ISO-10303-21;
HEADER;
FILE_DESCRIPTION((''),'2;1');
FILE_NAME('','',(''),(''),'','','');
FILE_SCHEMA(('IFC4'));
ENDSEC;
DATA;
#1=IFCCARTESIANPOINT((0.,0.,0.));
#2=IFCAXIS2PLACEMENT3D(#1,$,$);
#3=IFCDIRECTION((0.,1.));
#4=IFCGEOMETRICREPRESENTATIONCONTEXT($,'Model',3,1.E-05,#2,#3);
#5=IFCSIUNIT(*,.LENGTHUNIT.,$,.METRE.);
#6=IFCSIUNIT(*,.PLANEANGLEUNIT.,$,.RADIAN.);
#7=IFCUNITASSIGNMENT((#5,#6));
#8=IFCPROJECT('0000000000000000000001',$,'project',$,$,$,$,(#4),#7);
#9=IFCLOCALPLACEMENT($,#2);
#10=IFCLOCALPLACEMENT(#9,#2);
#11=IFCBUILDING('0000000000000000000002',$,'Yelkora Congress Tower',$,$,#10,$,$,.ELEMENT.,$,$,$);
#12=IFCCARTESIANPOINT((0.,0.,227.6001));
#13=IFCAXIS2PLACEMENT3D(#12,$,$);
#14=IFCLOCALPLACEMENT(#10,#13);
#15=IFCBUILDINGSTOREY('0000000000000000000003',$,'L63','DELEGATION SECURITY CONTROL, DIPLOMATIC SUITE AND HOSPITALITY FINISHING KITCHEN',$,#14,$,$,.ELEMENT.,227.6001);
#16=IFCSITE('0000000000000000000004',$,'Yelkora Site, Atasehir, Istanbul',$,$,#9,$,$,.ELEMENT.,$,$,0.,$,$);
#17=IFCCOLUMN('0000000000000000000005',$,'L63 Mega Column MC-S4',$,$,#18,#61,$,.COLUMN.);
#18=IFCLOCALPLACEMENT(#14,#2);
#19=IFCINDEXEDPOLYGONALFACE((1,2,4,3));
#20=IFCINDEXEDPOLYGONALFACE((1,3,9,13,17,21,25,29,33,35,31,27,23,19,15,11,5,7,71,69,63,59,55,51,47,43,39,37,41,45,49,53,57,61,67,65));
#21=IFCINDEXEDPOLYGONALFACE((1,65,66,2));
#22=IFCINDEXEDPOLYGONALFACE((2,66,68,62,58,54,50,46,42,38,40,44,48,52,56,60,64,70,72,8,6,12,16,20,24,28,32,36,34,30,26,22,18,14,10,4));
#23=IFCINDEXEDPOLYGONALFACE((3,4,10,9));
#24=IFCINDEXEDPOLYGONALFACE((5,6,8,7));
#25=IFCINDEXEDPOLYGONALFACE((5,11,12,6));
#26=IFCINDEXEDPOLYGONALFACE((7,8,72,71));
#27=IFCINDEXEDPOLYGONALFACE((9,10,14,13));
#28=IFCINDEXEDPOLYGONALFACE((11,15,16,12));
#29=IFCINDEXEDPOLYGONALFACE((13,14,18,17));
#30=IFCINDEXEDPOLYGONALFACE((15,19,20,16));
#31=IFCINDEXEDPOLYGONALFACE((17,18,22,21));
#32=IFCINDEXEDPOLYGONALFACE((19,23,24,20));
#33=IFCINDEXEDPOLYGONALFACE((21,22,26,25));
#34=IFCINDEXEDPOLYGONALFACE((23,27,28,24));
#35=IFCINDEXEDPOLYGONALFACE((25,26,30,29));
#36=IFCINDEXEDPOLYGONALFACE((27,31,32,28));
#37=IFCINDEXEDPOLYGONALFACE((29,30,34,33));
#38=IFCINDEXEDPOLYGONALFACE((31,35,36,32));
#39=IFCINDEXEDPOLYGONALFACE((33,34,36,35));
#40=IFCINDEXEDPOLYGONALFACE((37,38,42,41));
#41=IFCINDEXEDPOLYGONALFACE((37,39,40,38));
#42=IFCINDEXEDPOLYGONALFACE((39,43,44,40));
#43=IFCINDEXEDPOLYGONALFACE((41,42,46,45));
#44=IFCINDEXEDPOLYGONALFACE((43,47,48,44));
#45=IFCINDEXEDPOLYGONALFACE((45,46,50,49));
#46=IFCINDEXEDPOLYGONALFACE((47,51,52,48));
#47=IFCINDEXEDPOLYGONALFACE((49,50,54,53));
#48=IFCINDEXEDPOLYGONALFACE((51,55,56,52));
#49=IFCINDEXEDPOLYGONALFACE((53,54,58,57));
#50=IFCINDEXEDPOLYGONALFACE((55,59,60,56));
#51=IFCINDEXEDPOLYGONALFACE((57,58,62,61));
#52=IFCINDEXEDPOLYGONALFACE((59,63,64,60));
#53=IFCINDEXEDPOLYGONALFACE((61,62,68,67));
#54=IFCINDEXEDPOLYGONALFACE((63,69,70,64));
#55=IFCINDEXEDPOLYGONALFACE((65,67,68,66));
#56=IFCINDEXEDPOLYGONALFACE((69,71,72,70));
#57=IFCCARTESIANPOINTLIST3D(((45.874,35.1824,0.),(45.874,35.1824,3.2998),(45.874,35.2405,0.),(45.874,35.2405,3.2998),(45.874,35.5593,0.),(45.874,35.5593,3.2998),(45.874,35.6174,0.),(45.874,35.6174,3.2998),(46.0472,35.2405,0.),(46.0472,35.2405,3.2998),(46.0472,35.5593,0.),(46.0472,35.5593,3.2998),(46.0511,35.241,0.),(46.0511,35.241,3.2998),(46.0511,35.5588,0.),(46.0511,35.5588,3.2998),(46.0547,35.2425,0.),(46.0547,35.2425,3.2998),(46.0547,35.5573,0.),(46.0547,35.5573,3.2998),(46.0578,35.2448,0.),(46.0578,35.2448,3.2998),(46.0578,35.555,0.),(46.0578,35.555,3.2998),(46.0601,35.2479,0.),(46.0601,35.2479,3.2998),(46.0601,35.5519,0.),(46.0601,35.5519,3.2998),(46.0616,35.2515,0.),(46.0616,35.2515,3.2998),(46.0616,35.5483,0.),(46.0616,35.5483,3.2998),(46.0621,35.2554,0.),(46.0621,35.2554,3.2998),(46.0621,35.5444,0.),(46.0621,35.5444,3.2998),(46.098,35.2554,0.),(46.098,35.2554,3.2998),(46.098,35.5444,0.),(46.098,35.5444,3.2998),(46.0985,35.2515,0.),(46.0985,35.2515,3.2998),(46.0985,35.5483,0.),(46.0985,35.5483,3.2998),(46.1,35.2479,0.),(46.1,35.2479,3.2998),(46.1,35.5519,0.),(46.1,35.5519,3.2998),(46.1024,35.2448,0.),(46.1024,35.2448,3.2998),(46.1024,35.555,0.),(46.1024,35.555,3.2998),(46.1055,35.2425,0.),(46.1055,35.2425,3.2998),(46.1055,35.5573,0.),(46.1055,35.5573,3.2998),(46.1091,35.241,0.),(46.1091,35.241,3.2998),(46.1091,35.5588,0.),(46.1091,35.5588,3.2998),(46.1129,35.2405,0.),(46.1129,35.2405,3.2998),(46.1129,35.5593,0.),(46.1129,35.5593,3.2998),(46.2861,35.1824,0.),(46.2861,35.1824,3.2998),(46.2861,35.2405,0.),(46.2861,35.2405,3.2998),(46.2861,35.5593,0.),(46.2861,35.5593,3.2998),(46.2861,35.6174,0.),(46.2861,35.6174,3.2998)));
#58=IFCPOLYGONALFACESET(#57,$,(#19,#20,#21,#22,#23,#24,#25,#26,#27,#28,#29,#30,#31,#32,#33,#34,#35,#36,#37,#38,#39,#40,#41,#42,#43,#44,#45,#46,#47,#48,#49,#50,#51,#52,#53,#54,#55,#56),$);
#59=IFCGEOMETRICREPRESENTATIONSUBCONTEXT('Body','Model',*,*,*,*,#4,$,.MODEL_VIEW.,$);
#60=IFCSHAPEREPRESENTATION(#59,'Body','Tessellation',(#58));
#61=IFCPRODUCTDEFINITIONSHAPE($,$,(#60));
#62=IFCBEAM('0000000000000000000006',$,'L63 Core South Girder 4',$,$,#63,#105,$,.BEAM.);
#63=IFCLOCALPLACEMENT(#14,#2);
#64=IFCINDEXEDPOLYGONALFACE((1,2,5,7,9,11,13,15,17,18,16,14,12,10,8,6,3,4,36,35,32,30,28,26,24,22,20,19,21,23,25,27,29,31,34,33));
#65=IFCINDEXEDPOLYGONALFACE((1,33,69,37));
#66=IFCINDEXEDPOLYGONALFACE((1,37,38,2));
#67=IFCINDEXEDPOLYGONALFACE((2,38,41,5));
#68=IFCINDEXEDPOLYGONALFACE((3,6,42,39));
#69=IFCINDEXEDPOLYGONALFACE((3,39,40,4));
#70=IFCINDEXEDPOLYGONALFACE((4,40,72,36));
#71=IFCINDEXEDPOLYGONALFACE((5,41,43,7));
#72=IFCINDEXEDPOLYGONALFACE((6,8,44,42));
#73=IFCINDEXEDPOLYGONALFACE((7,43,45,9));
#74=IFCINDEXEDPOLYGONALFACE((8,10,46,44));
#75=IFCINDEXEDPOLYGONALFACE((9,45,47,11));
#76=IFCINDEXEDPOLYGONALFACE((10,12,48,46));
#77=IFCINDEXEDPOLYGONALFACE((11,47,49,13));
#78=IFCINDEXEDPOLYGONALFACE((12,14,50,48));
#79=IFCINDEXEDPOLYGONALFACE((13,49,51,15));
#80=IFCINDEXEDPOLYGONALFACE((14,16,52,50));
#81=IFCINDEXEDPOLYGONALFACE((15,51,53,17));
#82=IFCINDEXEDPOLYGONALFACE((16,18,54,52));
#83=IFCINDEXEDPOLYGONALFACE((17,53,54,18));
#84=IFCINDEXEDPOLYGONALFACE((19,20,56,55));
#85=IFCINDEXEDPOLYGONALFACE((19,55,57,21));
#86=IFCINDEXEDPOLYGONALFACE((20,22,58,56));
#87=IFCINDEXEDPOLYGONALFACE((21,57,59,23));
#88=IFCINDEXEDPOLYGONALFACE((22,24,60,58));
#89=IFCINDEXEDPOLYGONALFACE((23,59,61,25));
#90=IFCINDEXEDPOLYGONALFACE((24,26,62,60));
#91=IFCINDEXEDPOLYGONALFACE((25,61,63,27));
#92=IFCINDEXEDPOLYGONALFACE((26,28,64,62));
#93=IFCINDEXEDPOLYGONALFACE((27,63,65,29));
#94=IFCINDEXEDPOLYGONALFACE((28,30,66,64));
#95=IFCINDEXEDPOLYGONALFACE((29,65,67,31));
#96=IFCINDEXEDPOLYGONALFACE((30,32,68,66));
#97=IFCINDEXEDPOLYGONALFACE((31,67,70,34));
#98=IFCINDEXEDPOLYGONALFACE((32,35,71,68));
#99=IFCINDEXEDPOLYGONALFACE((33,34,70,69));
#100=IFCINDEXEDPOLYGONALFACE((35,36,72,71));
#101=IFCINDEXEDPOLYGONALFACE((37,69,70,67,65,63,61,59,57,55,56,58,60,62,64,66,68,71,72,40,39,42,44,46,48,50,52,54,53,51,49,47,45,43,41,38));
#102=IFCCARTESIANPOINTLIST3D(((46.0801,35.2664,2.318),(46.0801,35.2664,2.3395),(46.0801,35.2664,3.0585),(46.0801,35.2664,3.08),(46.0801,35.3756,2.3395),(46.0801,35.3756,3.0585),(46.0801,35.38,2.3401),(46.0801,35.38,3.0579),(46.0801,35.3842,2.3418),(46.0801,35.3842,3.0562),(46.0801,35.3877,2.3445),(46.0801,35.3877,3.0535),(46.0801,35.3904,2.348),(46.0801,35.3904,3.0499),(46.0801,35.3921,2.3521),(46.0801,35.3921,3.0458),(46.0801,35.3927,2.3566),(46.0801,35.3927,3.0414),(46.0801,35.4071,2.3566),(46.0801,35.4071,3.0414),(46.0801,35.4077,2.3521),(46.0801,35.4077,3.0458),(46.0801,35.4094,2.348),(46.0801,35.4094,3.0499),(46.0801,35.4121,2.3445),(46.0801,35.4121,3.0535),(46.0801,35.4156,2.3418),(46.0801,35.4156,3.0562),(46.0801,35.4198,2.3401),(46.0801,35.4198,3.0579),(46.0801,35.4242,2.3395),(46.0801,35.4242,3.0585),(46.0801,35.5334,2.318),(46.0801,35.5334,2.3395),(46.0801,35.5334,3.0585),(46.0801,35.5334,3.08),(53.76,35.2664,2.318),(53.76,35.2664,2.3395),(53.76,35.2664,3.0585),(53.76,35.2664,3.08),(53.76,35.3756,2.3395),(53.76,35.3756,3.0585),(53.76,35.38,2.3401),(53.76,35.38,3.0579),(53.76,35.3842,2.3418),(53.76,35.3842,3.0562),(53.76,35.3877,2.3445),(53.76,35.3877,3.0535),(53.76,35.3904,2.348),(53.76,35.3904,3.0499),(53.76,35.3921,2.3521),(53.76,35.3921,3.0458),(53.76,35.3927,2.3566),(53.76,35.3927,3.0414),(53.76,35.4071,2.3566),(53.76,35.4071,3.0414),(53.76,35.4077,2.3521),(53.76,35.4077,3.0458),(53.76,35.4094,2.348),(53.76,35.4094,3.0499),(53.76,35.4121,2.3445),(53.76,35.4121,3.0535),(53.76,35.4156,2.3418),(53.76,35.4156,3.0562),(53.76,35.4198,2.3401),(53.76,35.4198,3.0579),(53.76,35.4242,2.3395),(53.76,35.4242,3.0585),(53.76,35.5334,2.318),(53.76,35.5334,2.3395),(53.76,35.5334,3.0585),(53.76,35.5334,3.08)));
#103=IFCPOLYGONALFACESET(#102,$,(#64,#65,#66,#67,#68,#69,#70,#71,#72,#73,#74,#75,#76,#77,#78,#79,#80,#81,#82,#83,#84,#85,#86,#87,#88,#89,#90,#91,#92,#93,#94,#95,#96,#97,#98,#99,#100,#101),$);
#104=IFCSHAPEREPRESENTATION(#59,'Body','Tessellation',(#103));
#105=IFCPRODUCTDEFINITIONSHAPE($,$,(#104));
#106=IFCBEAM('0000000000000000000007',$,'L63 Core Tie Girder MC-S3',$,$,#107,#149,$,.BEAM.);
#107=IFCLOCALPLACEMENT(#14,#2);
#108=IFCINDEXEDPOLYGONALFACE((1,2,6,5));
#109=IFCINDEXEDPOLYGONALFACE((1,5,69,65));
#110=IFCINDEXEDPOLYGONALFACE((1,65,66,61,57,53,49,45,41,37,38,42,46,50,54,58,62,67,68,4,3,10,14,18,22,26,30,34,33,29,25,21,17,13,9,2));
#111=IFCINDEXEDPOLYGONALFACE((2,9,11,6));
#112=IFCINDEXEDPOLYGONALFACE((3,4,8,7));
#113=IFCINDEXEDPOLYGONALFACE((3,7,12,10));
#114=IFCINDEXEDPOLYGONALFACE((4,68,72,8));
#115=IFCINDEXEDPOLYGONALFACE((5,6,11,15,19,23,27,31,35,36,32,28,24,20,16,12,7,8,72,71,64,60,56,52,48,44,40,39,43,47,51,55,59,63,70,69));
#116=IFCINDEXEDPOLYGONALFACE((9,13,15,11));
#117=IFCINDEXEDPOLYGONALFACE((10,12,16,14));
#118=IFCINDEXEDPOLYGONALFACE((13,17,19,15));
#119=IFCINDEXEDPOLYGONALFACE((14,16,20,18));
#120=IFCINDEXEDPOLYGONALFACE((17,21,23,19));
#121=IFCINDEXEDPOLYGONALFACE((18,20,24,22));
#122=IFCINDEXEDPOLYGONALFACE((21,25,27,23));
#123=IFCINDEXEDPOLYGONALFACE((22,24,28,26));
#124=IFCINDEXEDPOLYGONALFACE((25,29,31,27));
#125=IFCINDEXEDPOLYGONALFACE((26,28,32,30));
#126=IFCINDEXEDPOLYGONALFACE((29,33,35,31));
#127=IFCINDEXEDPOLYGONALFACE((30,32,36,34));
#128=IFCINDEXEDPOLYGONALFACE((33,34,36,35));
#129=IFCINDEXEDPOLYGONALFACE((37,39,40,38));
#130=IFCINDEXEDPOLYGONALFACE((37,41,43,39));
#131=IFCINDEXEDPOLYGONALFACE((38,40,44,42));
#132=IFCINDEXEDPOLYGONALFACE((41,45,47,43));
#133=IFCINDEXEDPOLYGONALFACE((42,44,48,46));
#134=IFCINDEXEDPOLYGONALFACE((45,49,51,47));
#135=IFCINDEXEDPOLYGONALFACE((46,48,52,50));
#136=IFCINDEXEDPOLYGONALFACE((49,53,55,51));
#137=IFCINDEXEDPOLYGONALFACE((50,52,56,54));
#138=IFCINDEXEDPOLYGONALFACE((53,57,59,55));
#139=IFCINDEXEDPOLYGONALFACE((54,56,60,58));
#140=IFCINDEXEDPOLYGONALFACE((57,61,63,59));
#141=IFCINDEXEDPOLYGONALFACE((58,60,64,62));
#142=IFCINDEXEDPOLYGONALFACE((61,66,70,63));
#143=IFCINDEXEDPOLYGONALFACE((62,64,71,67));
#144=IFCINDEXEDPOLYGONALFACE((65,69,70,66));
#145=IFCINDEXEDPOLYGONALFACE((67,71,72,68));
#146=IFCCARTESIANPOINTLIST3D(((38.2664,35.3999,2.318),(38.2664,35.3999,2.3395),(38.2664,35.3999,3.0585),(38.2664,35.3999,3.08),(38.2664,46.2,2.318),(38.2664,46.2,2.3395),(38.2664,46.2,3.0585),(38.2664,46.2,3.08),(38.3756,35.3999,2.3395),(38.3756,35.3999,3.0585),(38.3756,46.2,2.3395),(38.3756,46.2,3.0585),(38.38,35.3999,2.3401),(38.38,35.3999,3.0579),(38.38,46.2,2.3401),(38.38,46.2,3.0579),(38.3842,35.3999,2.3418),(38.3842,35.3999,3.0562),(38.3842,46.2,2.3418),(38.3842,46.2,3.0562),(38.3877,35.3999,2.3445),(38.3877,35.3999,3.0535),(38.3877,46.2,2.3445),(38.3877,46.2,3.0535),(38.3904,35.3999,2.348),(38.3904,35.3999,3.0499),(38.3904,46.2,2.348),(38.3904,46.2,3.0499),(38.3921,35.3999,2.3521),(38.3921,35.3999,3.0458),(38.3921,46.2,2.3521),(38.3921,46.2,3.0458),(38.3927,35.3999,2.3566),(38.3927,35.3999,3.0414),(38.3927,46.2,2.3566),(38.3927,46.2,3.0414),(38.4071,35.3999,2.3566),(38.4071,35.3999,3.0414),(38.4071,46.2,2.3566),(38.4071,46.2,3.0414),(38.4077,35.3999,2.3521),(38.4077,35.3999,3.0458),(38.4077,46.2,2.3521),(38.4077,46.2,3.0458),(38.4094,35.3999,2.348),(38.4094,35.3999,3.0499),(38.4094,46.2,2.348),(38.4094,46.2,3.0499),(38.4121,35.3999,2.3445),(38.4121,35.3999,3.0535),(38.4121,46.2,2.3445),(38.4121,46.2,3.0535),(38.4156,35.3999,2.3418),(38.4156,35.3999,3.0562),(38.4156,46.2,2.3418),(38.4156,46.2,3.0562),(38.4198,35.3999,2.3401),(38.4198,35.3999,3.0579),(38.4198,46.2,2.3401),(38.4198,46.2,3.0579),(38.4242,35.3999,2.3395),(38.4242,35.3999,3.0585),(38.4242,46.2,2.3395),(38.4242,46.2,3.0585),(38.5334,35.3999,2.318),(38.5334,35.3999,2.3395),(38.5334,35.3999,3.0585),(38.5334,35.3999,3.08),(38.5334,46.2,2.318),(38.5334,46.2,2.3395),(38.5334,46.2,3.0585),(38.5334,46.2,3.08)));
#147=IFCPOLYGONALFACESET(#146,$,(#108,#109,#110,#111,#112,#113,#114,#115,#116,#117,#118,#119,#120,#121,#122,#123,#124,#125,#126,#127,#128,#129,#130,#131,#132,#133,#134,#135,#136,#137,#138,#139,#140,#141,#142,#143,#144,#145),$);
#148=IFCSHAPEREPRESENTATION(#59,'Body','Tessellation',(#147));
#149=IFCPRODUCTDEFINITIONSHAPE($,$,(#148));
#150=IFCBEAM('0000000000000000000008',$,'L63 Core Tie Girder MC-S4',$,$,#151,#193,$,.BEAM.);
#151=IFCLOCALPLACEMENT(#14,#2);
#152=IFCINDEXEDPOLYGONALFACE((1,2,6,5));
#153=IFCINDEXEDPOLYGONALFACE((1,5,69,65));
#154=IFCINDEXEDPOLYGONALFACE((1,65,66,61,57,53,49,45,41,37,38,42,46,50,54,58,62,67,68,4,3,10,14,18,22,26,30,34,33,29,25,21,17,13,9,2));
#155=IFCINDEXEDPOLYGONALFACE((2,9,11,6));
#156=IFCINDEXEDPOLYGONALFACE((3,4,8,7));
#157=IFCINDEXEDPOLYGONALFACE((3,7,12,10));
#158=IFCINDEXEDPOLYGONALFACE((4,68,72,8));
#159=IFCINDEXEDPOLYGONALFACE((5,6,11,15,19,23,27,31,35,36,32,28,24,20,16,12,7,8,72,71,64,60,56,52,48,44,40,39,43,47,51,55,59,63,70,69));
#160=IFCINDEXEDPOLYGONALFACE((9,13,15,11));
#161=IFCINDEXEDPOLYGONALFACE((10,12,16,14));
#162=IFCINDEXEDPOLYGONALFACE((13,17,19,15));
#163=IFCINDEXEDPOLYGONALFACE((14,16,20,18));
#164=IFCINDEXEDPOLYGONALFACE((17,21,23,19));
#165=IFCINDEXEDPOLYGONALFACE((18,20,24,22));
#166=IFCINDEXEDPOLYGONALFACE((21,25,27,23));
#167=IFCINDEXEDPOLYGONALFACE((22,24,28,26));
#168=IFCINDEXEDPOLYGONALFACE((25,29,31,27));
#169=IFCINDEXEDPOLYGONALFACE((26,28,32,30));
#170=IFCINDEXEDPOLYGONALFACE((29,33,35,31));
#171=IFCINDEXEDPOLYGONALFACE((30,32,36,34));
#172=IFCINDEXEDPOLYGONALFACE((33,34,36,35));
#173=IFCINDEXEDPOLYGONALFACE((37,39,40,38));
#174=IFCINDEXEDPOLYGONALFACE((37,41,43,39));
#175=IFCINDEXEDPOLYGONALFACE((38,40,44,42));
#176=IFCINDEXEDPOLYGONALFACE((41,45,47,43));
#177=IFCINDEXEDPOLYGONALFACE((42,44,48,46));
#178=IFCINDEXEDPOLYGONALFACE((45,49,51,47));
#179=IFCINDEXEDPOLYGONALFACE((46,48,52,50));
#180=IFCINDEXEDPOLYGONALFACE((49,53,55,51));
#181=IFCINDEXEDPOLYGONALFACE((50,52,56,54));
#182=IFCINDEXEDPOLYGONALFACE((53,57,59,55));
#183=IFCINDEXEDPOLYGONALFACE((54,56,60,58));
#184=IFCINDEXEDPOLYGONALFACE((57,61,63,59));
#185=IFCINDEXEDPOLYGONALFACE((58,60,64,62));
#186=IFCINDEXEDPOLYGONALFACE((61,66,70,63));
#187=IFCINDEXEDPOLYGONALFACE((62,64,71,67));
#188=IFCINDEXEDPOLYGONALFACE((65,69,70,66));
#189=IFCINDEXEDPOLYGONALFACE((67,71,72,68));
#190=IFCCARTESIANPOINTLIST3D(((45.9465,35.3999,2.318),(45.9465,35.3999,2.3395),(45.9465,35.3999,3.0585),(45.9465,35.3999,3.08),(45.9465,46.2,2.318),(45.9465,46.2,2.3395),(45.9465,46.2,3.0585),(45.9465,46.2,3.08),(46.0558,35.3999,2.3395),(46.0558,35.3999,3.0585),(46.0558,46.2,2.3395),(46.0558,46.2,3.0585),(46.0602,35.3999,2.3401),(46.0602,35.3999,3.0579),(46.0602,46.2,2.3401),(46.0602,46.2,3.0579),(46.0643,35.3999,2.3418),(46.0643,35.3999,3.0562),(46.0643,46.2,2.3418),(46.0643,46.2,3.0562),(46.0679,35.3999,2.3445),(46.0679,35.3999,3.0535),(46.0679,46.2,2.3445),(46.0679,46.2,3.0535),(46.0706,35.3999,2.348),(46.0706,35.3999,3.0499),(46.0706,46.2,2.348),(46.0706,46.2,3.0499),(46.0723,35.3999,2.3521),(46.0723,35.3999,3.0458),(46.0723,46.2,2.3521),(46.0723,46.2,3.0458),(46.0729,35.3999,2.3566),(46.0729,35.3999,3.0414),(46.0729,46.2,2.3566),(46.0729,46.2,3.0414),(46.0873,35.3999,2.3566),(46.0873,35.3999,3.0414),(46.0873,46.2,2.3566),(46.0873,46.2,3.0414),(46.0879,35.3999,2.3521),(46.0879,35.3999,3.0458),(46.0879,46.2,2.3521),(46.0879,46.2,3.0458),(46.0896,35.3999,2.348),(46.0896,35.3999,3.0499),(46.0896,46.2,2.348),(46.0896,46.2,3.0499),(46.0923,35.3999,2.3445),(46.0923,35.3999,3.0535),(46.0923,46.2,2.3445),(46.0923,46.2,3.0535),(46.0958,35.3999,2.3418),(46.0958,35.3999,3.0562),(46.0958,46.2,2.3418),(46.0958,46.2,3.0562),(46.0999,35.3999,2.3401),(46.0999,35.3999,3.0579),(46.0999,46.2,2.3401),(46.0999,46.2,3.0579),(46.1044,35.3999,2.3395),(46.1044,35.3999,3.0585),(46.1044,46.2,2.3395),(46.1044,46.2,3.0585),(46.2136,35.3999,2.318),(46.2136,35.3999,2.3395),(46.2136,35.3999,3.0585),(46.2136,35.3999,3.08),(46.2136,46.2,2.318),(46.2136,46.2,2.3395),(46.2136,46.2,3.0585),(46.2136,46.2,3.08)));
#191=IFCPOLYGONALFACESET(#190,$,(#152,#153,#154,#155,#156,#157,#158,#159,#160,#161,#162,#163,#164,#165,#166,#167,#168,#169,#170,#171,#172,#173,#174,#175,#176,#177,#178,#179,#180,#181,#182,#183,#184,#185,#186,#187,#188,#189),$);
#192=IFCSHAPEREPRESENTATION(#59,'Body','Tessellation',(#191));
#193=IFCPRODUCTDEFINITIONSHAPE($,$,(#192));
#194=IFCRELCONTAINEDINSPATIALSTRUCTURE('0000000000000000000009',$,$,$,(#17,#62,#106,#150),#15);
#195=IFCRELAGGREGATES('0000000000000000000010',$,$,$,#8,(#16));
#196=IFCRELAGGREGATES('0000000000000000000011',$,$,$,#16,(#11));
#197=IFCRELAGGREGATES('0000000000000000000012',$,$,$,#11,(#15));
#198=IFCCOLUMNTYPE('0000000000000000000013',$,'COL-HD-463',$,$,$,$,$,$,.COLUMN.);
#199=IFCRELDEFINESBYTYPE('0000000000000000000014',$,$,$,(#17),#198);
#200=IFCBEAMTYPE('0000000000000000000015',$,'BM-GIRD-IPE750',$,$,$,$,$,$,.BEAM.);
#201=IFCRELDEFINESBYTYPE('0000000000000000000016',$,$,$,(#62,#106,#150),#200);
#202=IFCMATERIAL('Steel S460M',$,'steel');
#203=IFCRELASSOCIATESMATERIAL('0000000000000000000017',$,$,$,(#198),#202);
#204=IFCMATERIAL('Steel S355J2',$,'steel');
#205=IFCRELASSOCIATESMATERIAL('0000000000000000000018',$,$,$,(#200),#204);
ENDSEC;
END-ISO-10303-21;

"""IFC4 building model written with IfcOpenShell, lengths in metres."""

from ifc_helpers import new_model, si_unit, direction, frame, origin, origin_2d, place, context, subcontext, project, spatial, i_section, extrude, material, material_profile, profile_set, type_object, element, save


model = new_model("IFC4")

# Units and contexts
model_context = context("Model", 3, precision=1e-05, world=origin(), true_north=direction((0.0, 1.0)))
body_context = subcontext(model_context, "Body", "Model", "MODEL_VIEW")
ifc_project = project(units=[si_unit("LENGTHUNIT", "METRE"), si_unit("PLANEANGLEUNIT", "RADIAN")], contexts=[model_context])

# Site, building, storey
site_placement = place(None, origin())
site = spatial("IfcSite", under=ifc_project, at=site_placement, Name="Yelkora Site, Atasehir, Istanbul", CompositionType="ELEMENT", RefElevation=0.0)
building_placement = place(site_placement, origin())
building = spatial("IfcBuilding", under=site, at=building_placement, Name="Yelkora Congress Tower", CompositionType="ELEMENT")
storey_placement = place(building_placement, frame((0.0, 0.0, 227.6001)))
storey = spatial("IfcBuildingStorey", under=building, at=storey_placement, Name="L63", Description="DELEGATION SECURITY CONTROL, DIPLOMATIC SUITE AND HOSPITALITY FINISHING KITCHEN", CompositionType="ELEMENT", Elevation=227.6001)

# Column
ifc_material_1 = material(Name="Steel S460M", Category="steel")
ifc_material_profile_1 = material_profile(ifc_material_1, i_section(OverallWidth=0.4121, OverallDepth=0.4351, WebThickness=0.0359, FlangeThickness=0.0581, FilletRadius=0.0149, at=origin_2d()), Name="HD 400x463")
ifc_profile_set_1 = profile_set([ifc_material_profile_1], Name="Steel S460M")
column_type = type_object("IfcColumnType", Name="COL-HD-463", PredefinedType="COLUMN", material=ifc_profile_set_1)
column_placement = place(storey_placement, frame((46.0801, 35.3999, 0.0), z_axis=(0.0, 0.0, 1.0), x_axis=(1.0, 0.0, 0.0)))
element("IfcColumn", 1, at=column_placement, inside=storey, type_object=column_type, Name="L63 Mega Column MC-S4", PredefinedType="COLUMN", context=body_context, shape_type="SweptSolid", body=[
    extrude(i_section(OverallWidth=0.4121, OverallDepth=0.4351, WebThickness=0.0359, FlangeThickness=0.0581, FilletRadius=0.0149, at=origin_2d()), origin(), (0.0, 0.0, 1.0), 3.2998),
])

# Beams
ifc_material_2 = material(Name="Steel S355J2", Category="steel")
ifc_material_profile_2 = material_profile(ifc_material_2, i_section(OverallWidth=0.2671, OverallDepth=0.762, WebThickness=0.0144, FlangeThickness=0.0215, FilletRadius=0.0171, at=origin_2d()), Name="IPE 750x173")
ifc_profile_set_2 = profile_set([ifc_material_profile_2], Name="Steel S355J2")
beam_type = type_object("IfcBeamType", Name="BM-GIRD-IPE750", PredefinedType="BEAM", material=ifc_profile_set_2)
beam_placement = place(storey_placement, frame((46.0801, 35.3999, 2.699), z_axis=(1.0, 0.0, 0.0), x_axis=(0.0, 1.0, 0.0)))
element("IfcBeam", 2, at=beam_placement, inside=storey, type_object=beam_type, Name="L63 Core South Girder 4", PredefinedType="BEAM", context=body_context, shape_type="SweptSolid", body=[
    extrude(i_section(OverallWidth=0.2671, OverallDepth=0.762, WebThickness=0.0144, FlangeThickness=0.0215, FilletRadius=0.0171, at=origin_2d()), origin(), (0.0, 0.0, 1.0), 7.6799),
])
for number, where, z_axis, x_axis, name in (
    (3, (38.3999, 35.3999, 2.699), (0.0, 1.0, 0.0), (-1.0, 0.0, 0.0), "L63 Core Tie Girder MC-S3"),
    (4, (46.0801, 35.3999, 2.699), (0.0, 1.0, 0.0), (-1.0, 0.0, 0.0), "L63 Core Tie Girder MC-S4"),
):
    element("IfcBeam", number, at=place(storey_placement, frame(where, z_axis=z_axis, x_axis=x_axis)), inside=storey, type_object=beam_type, Name=name, PredefinedType="BEAM", context=body_context, shape_type="SweptSolid", body=[
        extrude(i_section(OverallWidth=0.2671, OverallDepth=0.762, WebThickness=0.0144, FlangeThickness=0.0215, FilletRadius=0.0171, at=origin_2d()), origin(), (0.0, 0.0, 1.0), 10.8),
    ])

save(model, "model.ifc")
